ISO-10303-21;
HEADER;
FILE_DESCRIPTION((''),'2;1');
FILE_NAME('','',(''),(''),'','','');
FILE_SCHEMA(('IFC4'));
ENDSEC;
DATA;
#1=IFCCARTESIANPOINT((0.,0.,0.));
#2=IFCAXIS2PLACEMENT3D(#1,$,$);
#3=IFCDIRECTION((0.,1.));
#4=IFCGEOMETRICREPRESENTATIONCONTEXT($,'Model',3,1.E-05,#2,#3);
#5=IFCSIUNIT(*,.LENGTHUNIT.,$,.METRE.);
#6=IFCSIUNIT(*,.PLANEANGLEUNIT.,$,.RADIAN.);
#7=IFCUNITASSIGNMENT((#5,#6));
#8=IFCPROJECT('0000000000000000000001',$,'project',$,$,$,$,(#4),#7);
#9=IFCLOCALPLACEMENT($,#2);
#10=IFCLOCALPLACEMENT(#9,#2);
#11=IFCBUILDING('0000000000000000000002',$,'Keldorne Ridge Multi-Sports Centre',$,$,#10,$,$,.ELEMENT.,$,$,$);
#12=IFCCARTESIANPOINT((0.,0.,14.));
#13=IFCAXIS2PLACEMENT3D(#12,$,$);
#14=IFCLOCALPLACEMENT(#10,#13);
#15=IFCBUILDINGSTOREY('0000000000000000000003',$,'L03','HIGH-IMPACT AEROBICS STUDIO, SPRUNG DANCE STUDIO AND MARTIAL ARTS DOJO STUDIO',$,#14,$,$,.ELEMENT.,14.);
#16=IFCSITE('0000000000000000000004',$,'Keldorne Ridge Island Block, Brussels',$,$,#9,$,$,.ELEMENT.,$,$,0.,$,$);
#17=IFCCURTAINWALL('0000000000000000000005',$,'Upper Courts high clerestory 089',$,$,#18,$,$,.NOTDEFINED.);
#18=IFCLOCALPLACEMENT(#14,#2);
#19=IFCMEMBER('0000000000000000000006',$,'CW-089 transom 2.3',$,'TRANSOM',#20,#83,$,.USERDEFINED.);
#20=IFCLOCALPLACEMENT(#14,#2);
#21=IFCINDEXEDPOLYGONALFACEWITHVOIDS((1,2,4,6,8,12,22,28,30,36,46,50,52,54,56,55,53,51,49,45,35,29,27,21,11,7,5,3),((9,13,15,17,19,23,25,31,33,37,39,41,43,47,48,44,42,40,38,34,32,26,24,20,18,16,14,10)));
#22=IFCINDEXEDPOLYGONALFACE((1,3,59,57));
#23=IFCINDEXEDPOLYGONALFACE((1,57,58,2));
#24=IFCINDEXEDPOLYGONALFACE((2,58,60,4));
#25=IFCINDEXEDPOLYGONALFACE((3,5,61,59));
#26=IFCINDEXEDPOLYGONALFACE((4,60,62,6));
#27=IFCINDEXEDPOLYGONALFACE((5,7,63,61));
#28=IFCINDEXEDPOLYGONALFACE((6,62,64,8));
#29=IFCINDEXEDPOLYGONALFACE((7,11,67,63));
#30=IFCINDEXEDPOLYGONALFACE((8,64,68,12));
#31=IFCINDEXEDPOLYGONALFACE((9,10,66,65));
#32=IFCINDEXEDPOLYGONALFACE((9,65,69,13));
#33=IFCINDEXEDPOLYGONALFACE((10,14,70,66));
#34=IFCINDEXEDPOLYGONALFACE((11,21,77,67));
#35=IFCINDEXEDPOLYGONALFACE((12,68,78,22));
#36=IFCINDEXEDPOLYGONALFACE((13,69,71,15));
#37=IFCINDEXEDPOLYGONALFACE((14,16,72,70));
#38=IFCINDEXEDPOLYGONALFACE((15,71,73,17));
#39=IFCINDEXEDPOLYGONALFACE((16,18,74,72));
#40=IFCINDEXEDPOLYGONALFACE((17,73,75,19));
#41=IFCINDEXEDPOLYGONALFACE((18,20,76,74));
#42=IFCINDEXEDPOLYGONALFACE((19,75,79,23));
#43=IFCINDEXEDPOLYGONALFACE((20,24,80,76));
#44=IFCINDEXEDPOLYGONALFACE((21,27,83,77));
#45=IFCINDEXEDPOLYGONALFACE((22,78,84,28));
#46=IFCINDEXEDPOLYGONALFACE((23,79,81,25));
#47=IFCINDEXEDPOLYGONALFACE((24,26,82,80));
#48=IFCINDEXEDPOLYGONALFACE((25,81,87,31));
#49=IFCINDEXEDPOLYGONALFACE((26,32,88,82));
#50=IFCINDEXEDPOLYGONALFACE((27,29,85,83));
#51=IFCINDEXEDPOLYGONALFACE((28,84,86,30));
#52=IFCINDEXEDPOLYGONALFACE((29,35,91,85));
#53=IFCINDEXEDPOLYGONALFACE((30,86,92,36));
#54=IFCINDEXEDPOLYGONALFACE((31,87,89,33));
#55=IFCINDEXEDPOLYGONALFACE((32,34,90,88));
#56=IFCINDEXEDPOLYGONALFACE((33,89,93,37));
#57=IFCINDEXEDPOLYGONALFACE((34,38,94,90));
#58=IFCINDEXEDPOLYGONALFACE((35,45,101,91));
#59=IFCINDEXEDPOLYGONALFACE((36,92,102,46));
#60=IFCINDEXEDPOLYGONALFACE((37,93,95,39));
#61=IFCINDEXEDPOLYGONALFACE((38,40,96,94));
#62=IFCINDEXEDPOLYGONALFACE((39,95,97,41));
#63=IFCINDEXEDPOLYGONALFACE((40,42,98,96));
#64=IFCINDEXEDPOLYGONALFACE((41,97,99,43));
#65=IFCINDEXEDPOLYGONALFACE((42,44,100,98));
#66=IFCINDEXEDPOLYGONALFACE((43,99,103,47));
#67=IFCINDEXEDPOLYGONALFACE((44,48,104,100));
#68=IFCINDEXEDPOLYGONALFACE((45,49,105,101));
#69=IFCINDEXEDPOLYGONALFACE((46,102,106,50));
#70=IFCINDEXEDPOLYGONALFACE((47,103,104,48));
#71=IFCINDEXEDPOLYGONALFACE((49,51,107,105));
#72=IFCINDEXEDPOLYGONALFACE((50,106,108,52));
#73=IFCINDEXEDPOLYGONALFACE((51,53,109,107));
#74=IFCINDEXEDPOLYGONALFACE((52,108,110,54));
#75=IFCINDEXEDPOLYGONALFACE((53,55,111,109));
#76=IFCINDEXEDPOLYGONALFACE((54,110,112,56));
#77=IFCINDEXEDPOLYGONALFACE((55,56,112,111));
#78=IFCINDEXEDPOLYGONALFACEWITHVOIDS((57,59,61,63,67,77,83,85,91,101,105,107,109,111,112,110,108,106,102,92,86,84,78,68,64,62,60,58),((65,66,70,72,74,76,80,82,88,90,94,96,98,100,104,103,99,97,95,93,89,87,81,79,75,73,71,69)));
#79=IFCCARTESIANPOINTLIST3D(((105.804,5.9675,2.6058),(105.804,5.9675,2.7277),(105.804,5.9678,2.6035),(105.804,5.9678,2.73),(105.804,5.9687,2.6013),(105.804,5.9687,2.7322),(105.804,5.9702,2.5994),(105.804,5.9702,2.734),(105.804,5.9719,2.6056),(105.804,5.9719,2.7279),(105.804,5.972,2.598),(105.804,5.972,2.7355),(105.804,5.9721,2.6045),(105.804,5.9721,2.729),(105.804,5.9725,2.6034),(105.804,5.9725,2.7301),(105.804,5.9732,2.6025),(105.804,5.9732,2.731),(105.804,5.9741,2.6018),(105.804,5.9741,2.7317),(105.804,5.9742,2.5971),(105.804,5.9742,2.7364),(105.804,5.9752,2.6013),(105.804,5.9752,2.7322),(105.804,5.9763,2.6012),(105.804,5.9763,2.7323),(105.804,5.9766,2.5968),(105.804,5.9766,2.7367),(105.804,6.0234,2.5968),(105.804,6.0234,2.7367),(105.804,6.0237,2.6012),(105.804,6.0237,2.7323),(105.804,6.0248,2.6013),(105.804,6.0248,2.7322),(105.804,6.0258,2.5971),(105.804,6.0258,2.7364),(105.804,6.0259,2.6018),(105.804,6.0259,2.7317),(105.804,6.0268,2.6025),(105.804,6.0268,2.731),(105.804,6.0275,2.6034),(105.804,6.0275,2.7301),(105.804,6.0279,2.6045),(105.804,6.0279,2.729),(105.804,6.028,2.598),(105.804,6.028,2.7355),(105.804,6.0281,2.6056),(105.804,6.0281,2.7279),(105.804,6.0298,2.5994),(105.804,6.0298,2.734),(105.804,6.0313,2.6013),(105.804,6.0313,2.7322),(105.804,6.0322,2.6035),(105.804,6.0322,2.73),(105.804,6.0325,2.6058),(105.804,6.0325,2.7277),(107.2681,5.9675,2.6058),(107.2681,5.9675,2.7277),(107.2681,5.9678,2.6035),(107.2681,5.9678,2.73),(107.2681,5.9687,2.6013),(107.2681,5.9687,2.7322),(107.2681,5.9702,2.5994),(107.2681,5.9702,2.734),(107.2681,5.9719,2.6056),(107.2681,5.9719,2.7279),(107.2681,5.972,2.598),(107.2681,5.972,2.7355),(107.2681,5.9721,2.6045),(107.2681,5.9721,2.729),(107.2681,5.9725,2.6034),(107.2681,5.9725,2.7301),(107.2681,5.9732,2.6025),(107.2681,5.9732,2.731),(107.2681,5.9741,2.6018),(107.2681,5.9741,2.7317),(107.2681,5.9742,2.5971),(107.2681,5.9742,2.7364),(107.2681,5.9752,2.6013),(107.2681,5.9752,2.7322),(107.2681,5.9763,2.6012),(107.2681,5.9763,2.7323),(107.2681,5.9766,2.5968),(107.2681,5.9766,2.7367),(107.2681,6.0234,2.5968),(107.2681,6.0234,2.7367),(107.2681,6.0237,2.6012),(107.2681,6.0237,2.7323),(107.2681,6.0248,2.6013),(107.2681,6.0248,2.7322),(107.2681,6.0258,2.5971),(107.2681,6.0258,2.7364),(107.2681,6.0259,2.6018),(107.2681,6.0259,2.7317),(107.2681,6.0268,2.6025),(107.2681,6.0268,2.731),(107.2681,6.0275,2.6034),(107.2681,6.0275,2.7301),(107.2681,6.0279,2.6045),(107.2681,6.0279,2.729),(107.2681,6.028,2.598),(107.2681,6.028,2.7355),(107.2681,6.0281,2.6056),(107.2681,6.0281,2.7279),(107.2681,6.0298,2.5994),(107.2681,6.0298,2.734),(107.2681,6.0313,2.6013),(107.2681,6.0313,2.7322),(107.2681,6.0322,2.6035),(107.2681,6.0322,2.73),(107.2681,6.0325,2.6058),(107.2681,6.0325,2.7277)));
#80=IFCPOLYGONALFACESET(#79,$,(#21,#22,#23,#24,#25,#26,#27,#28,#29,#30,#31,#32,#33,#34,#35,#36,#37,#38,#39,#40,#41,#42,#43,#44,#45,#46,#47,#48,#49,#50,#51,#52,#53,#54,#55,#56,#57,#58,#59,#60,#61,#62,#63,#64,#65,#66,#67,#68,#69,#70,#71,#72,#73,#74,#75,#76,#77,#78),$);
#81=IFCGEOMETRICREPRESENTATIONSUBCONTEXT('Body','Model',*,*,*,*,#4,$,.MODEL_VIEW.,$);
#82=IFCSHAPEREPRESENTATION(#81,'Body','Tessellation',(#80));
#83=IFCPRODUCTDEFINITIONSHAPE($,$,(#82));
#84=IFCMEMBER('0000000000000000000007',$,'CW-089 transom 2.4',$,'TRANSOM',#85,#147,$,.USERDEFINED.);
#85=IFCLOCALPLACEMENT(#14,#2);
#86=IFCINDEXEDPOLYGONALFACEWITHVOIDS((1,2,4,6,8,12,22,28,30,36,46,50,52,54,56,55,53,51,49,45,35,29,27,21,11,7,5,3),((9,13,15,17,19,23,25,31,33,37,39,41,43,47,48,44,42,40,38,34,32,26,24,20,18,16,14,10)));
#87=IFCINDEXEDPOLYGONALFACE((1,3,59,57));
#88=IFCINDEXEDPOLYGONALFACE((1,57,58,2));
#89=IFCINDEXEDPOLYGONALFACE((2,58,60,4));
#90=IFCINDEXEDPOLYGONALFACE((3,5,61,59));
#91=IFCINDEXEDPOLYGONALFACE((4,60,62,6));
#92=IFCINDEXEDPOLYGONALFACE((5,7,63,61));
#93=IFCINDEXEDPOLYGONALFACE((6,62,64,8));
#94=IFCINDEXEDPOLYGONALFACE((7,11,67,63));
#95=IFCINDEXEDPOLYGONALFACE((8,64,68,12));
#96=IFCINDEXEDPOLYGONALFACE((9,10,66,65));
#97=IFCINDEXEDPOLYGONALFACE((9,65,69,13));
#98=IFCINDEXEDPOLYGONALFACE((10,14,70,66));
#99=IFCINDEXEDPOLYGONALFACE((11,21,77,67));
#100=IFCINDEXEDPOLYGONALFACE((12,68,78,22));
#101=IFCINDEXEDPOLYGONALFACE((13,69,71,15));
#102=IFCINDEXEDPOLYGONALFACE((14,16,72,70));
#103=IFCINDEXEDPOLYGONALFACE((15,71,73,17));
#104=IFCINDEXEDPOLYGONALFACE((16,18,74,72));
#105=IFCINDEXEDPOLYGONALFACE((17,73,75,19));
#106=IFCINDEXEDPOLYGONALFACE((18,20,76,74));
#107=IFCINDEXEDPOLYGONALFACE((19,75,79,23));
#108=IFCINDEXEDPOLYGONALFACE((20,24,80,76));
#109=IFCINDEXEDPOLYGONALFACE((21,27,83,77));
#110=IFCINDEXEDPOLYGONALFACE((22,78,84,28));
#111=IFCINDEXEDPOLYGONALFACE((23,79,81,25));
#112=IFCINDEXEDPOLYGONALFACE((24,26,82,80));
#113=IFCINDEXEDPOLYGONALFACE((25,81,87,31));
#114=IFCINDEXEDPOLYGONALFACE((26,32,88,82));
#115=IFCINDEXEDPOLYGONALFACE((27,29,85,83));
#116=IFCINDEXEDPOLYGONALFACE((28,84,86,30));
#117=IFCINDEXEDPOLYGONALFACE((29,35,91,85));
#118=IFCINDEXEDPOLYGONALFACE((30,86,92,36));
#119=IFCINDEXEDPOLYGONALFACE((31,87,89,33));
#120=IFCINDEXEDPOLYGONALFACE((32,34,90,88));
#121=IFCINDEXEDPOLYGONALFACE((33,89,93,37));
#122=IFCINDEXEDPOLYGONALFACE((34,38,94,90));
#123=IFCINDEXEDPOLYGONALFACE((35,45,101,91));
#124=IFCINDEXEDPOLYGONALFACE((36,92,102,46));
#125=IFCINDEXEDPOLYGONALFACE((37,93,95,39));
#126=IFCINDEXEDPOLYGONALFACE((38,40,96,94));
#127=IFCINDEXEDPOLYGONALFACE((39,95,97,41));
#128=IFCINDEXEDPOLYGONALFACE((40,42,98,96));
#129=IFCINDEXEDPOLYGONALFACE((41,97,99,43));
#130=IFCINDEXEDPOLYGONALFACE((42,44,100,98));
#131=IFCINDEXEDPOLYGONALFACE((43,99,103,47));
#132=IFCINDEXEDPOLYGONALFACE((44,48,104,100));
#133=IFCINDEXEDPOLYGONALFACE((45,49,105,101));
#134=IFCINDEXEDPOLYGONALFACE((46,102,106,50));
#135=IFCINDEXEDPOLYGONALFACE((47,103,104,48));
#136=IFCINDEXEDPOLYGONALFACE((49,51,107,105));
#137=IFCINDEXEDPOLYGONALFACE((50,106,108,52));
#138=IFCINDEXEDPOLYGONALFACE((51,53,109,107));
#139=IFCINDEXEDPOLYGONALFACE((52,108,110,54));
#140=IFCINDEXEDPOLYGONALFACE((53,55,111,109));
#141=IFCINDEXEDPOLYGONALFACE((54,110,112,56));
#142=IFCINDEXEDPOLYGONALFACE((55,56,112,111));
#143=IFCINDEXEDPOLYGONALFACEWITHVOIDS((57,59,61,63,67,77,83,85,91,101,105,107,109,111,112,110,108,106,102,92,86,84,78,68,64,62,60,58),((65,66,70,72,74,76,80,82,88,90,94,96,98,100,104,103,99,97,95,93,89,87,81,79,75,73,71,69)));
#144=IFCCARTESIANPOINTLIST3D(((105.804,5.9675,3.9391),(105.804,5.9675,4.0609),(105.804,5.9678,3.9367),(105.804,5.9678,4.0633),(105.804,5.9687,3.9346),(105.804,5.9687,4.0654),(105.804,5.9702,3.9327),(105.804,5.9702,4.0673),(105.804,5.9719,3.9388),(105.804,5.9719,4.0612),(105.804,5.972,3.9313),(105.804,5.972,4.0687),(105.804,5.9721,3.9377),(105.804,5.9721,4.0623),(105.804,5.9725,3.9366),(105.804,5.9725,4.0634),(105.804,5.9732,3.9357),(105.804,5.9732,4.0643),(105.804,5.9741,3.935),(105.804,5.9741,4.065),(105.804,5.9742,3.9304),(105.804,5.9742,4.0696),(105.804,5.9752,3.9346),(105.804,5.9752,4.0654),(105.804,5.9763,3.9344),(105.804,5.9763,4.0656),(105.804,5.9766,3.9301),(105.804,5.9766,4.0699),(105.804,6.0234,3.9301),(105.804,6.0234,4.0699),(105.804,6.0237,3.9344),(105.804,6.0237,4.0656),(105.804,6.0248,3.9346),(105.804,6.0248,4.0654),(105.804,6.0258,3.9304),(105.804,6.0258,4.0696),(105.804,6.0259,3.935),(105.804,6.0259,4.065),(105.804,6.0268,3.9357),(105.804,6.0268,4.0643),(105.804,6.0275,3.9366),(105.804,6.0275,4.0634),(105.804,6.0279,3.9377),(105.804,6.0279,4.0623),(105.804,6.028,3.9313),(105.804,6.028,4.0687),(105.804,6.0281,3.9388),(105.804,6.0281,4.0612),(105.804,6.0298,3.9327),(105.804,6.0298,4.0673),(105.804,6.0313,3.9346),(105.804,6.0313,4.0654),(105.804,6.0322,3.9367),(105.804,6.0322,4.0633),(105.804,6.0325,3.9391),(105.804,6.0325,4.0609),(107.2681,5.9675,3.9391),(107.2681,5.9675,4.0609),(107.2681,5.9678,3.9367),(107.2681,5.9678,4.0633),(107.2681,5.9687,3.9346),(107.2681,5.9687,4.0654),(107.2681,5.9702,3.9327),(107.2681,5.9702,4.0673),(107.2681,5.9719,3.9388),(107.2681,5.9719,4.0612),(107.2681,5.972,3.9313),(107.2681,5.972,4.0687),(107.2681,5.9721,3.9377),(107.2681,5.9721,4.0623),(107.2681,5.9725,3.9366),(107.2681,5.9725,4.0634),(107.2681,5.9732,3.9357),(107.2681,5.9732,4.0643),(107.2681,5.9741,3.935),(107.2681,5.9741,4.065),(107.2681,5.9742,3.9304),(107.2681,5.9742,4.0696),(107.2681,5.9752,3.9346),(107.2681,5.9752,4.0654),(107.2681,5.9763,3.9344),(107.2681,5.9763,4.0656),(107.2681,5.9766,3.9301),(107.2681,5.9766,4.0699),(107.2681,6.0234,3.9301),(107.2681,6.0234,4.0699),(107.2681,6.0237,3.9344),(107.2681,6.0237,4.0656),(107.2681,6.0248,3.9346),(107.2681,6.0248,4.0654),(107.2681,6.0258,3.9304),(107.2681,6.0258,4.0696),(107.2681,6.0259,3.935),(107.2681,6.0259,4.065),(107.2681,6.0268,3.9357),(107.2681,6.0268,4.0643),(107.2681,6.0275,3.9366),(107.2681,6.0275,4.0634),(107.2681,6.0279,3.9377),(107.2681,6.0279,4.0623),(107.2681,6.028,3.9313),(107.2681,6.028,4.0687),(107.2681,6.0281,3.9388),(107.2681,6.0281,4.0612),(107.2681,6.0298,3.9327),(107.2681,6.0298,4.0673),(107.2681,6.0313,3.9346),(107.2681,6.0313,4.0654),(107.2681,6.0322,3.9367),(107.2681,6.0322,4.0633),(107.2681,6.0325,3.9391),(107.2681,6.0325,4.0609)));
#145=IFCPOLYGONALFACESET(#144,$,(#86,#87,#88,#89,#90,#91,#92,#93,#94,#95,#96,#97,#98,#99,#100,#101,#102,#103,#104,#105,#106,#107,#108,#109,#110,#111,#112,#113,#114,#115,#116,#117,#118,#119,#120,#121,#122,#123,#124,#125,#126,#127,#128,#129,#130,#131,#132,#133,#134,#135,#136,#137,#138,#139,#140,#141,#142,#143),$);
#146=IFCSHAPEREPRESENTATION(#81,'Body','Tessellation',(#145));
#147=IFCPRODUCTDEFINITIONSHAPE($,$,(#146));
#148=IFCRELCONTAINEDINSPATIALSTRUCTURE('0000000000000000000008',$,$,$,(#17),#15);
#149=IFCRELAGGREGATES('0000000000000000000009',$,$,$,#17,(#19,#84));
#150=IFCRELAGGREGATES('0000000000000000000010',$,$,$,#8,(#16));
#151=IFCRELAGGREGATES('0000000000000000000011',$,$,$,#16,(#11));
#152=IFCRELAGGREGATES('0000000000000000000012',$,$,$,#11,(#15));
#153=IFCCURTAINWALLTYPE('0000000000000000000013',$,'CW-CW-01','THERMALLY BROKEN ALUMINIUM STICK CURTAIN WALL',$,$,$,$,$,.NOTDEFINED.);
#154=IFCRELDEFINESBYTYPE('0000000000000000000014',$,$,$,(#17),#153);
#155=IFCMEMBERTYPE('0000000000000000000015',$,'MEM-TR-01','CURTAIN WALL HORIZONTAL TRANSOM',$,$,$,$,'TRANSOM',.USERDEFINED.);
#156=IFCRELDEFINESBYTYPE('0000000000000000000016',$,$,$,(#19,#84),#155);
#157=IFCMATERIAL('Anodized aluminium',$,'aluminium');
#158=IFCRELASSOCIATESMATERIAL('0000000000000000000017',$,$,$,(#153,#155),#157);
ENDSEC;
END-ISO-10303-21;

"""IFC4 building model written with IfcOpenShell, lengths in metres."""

from ifc_helpers import new_model, si_unit, direction, frame, origin, origin_2d, place, context, subcontext, project, spatial, hollow_rectangle, extrude, material, material_profile, profile_set, type_object, element, aggregate, save


model = new_model("IFC4")

# Units and contexts
model_context = context("Model", 3, precision=1e-05, world=origin(), true_north=direction((0.0, 1.0)))
body_context = subcontext(model_context, "Body", "Model", "MODEL_VIEW")
ifc_project = project(units=[si_unit("LENGTHUNIT", "METRE"), si_unit("PLANEANGLEUNIT", "RADIAN")], contexts=[model_context])

# Site, building, storey
site_placement = place(None, origin())
site = spatial("IfcSite", under=ifc_project, at=site_placement, Name="Keldorne Ridge Island Block, Brussels", CompositionType="ELEMENT", RefElevation=0.0)
building_placement = place(site_placement, origin())
building = spatial("IfcBuilding", under=site, at=building_placement, Name="Keldorne Ridge Multi-Sports Centre", CompositionType="ELEMENT")
storey_placement = place(building_placement, frame((0.0, 0.0, 14.0)))
storey = spatial("IfcBuildingStorey", under=building, at=storey_placement, Name="L03", Description="HIGH-IMPACT AEROBICS STUDIO, SPRUNG DANCE STUDIO AND MARTIAL ARTS DOJO STUDIO", CompositionType="ELEMENT", Elevation=14.0)

# Curtain wall, members
ifc_material_1 = material(Name="Anodized aluminium", Category="aluminium")
curtain_wall_type = type_object("IfcCurtainWallType", Name="CW-CW-01", Description="THERMALLY BROKEN ALUMINIUM STICK CURTAIN WALL", PredefinedType="NOTDEFINED", material=ifc_material_1)
curtain_wall_placement = place(storey_placement, origin())
curtain_wall = element("IfcCurtainWall", 1, at=curtain_wall_placement, inside=storey, type_object=curtain_wall_type, Name="Upper Courts high clerestory 089", PredefinedType="NOTDEFINED")
ifc_material_profile_1 = material_profile(ifc_material_1, hollow_rectangle(XDim=0.0649, YDim=0.1399, WallThickness=0.0044, InnerFilletRadius=0.0044, OuterFilletRadius=0.009, at=origin_2d()), Name="ALU TRANSOM 140x65x4.5")
ifc_profile_set_1 = profile_set([ifc_material_profile_1], Name="Anodized aluminium")
member_type_1 = type_object("IfcMemberType", Name="MEM-TR-01", Description="CURTAIN WALL HORIZONTAL TRANSOM", ElementType="TRANSOM", PredefinedType="USERDEFINED", material=ifc_profile_set_1)
member_1_placement = place(storey_placement, frame((105.804, 6.0, 2.6667), z_axis=(1.0, 0.0, 0.0), x_axis=(0.0, 1.0, 0.0)))
member_1 = element("IfcMember", 2, at=member_1_placement, type_object=member_type_1, Name="CW-089 transom 2.3", ObjectType="TRANSOM", PredefinedType="USERDEFINED", context=body_context, shape_type="SweptSolid", body=[
    extrude(hollow_rectangle(XDim=0.0649, YDim=0.1399, WallThickness=0.0044, InnerFilletRadius=0.0044, OuterFilletRadius=0.009, at=origin_2d()), origin(), (0.0, 0.0, 1.0), 1.4641),
])
member_2_placement = place(storey_placement, frame((105.804, 6.0, 4.0), z_axis=(1.0, 0.0, 0.0), x_axis=(0.0, 1.0, 0.0)))
member_2 = element("IfcMember", 3, at=member_2_placement, type_object=member_type_1, Name="CW-089 transom 2.4", ObjectType="TRANSOM", PredefinedType="USERDEFINED", context=body_context, shape_type="SweptSolid", body=[
    extrude(hollow_rectangle(XDim=0.0649, YDim=0.1399, WallThickness=0.0044, InnerFilletRadius=0.0044, OuterFilletRadius=0.009, at=origin_2d()), origin(), (0.0, 0.0, 1.0), 1.4641),
])
aggregate(curtain_wall, [member_1, member_2])

save(model, "model.ifc")
